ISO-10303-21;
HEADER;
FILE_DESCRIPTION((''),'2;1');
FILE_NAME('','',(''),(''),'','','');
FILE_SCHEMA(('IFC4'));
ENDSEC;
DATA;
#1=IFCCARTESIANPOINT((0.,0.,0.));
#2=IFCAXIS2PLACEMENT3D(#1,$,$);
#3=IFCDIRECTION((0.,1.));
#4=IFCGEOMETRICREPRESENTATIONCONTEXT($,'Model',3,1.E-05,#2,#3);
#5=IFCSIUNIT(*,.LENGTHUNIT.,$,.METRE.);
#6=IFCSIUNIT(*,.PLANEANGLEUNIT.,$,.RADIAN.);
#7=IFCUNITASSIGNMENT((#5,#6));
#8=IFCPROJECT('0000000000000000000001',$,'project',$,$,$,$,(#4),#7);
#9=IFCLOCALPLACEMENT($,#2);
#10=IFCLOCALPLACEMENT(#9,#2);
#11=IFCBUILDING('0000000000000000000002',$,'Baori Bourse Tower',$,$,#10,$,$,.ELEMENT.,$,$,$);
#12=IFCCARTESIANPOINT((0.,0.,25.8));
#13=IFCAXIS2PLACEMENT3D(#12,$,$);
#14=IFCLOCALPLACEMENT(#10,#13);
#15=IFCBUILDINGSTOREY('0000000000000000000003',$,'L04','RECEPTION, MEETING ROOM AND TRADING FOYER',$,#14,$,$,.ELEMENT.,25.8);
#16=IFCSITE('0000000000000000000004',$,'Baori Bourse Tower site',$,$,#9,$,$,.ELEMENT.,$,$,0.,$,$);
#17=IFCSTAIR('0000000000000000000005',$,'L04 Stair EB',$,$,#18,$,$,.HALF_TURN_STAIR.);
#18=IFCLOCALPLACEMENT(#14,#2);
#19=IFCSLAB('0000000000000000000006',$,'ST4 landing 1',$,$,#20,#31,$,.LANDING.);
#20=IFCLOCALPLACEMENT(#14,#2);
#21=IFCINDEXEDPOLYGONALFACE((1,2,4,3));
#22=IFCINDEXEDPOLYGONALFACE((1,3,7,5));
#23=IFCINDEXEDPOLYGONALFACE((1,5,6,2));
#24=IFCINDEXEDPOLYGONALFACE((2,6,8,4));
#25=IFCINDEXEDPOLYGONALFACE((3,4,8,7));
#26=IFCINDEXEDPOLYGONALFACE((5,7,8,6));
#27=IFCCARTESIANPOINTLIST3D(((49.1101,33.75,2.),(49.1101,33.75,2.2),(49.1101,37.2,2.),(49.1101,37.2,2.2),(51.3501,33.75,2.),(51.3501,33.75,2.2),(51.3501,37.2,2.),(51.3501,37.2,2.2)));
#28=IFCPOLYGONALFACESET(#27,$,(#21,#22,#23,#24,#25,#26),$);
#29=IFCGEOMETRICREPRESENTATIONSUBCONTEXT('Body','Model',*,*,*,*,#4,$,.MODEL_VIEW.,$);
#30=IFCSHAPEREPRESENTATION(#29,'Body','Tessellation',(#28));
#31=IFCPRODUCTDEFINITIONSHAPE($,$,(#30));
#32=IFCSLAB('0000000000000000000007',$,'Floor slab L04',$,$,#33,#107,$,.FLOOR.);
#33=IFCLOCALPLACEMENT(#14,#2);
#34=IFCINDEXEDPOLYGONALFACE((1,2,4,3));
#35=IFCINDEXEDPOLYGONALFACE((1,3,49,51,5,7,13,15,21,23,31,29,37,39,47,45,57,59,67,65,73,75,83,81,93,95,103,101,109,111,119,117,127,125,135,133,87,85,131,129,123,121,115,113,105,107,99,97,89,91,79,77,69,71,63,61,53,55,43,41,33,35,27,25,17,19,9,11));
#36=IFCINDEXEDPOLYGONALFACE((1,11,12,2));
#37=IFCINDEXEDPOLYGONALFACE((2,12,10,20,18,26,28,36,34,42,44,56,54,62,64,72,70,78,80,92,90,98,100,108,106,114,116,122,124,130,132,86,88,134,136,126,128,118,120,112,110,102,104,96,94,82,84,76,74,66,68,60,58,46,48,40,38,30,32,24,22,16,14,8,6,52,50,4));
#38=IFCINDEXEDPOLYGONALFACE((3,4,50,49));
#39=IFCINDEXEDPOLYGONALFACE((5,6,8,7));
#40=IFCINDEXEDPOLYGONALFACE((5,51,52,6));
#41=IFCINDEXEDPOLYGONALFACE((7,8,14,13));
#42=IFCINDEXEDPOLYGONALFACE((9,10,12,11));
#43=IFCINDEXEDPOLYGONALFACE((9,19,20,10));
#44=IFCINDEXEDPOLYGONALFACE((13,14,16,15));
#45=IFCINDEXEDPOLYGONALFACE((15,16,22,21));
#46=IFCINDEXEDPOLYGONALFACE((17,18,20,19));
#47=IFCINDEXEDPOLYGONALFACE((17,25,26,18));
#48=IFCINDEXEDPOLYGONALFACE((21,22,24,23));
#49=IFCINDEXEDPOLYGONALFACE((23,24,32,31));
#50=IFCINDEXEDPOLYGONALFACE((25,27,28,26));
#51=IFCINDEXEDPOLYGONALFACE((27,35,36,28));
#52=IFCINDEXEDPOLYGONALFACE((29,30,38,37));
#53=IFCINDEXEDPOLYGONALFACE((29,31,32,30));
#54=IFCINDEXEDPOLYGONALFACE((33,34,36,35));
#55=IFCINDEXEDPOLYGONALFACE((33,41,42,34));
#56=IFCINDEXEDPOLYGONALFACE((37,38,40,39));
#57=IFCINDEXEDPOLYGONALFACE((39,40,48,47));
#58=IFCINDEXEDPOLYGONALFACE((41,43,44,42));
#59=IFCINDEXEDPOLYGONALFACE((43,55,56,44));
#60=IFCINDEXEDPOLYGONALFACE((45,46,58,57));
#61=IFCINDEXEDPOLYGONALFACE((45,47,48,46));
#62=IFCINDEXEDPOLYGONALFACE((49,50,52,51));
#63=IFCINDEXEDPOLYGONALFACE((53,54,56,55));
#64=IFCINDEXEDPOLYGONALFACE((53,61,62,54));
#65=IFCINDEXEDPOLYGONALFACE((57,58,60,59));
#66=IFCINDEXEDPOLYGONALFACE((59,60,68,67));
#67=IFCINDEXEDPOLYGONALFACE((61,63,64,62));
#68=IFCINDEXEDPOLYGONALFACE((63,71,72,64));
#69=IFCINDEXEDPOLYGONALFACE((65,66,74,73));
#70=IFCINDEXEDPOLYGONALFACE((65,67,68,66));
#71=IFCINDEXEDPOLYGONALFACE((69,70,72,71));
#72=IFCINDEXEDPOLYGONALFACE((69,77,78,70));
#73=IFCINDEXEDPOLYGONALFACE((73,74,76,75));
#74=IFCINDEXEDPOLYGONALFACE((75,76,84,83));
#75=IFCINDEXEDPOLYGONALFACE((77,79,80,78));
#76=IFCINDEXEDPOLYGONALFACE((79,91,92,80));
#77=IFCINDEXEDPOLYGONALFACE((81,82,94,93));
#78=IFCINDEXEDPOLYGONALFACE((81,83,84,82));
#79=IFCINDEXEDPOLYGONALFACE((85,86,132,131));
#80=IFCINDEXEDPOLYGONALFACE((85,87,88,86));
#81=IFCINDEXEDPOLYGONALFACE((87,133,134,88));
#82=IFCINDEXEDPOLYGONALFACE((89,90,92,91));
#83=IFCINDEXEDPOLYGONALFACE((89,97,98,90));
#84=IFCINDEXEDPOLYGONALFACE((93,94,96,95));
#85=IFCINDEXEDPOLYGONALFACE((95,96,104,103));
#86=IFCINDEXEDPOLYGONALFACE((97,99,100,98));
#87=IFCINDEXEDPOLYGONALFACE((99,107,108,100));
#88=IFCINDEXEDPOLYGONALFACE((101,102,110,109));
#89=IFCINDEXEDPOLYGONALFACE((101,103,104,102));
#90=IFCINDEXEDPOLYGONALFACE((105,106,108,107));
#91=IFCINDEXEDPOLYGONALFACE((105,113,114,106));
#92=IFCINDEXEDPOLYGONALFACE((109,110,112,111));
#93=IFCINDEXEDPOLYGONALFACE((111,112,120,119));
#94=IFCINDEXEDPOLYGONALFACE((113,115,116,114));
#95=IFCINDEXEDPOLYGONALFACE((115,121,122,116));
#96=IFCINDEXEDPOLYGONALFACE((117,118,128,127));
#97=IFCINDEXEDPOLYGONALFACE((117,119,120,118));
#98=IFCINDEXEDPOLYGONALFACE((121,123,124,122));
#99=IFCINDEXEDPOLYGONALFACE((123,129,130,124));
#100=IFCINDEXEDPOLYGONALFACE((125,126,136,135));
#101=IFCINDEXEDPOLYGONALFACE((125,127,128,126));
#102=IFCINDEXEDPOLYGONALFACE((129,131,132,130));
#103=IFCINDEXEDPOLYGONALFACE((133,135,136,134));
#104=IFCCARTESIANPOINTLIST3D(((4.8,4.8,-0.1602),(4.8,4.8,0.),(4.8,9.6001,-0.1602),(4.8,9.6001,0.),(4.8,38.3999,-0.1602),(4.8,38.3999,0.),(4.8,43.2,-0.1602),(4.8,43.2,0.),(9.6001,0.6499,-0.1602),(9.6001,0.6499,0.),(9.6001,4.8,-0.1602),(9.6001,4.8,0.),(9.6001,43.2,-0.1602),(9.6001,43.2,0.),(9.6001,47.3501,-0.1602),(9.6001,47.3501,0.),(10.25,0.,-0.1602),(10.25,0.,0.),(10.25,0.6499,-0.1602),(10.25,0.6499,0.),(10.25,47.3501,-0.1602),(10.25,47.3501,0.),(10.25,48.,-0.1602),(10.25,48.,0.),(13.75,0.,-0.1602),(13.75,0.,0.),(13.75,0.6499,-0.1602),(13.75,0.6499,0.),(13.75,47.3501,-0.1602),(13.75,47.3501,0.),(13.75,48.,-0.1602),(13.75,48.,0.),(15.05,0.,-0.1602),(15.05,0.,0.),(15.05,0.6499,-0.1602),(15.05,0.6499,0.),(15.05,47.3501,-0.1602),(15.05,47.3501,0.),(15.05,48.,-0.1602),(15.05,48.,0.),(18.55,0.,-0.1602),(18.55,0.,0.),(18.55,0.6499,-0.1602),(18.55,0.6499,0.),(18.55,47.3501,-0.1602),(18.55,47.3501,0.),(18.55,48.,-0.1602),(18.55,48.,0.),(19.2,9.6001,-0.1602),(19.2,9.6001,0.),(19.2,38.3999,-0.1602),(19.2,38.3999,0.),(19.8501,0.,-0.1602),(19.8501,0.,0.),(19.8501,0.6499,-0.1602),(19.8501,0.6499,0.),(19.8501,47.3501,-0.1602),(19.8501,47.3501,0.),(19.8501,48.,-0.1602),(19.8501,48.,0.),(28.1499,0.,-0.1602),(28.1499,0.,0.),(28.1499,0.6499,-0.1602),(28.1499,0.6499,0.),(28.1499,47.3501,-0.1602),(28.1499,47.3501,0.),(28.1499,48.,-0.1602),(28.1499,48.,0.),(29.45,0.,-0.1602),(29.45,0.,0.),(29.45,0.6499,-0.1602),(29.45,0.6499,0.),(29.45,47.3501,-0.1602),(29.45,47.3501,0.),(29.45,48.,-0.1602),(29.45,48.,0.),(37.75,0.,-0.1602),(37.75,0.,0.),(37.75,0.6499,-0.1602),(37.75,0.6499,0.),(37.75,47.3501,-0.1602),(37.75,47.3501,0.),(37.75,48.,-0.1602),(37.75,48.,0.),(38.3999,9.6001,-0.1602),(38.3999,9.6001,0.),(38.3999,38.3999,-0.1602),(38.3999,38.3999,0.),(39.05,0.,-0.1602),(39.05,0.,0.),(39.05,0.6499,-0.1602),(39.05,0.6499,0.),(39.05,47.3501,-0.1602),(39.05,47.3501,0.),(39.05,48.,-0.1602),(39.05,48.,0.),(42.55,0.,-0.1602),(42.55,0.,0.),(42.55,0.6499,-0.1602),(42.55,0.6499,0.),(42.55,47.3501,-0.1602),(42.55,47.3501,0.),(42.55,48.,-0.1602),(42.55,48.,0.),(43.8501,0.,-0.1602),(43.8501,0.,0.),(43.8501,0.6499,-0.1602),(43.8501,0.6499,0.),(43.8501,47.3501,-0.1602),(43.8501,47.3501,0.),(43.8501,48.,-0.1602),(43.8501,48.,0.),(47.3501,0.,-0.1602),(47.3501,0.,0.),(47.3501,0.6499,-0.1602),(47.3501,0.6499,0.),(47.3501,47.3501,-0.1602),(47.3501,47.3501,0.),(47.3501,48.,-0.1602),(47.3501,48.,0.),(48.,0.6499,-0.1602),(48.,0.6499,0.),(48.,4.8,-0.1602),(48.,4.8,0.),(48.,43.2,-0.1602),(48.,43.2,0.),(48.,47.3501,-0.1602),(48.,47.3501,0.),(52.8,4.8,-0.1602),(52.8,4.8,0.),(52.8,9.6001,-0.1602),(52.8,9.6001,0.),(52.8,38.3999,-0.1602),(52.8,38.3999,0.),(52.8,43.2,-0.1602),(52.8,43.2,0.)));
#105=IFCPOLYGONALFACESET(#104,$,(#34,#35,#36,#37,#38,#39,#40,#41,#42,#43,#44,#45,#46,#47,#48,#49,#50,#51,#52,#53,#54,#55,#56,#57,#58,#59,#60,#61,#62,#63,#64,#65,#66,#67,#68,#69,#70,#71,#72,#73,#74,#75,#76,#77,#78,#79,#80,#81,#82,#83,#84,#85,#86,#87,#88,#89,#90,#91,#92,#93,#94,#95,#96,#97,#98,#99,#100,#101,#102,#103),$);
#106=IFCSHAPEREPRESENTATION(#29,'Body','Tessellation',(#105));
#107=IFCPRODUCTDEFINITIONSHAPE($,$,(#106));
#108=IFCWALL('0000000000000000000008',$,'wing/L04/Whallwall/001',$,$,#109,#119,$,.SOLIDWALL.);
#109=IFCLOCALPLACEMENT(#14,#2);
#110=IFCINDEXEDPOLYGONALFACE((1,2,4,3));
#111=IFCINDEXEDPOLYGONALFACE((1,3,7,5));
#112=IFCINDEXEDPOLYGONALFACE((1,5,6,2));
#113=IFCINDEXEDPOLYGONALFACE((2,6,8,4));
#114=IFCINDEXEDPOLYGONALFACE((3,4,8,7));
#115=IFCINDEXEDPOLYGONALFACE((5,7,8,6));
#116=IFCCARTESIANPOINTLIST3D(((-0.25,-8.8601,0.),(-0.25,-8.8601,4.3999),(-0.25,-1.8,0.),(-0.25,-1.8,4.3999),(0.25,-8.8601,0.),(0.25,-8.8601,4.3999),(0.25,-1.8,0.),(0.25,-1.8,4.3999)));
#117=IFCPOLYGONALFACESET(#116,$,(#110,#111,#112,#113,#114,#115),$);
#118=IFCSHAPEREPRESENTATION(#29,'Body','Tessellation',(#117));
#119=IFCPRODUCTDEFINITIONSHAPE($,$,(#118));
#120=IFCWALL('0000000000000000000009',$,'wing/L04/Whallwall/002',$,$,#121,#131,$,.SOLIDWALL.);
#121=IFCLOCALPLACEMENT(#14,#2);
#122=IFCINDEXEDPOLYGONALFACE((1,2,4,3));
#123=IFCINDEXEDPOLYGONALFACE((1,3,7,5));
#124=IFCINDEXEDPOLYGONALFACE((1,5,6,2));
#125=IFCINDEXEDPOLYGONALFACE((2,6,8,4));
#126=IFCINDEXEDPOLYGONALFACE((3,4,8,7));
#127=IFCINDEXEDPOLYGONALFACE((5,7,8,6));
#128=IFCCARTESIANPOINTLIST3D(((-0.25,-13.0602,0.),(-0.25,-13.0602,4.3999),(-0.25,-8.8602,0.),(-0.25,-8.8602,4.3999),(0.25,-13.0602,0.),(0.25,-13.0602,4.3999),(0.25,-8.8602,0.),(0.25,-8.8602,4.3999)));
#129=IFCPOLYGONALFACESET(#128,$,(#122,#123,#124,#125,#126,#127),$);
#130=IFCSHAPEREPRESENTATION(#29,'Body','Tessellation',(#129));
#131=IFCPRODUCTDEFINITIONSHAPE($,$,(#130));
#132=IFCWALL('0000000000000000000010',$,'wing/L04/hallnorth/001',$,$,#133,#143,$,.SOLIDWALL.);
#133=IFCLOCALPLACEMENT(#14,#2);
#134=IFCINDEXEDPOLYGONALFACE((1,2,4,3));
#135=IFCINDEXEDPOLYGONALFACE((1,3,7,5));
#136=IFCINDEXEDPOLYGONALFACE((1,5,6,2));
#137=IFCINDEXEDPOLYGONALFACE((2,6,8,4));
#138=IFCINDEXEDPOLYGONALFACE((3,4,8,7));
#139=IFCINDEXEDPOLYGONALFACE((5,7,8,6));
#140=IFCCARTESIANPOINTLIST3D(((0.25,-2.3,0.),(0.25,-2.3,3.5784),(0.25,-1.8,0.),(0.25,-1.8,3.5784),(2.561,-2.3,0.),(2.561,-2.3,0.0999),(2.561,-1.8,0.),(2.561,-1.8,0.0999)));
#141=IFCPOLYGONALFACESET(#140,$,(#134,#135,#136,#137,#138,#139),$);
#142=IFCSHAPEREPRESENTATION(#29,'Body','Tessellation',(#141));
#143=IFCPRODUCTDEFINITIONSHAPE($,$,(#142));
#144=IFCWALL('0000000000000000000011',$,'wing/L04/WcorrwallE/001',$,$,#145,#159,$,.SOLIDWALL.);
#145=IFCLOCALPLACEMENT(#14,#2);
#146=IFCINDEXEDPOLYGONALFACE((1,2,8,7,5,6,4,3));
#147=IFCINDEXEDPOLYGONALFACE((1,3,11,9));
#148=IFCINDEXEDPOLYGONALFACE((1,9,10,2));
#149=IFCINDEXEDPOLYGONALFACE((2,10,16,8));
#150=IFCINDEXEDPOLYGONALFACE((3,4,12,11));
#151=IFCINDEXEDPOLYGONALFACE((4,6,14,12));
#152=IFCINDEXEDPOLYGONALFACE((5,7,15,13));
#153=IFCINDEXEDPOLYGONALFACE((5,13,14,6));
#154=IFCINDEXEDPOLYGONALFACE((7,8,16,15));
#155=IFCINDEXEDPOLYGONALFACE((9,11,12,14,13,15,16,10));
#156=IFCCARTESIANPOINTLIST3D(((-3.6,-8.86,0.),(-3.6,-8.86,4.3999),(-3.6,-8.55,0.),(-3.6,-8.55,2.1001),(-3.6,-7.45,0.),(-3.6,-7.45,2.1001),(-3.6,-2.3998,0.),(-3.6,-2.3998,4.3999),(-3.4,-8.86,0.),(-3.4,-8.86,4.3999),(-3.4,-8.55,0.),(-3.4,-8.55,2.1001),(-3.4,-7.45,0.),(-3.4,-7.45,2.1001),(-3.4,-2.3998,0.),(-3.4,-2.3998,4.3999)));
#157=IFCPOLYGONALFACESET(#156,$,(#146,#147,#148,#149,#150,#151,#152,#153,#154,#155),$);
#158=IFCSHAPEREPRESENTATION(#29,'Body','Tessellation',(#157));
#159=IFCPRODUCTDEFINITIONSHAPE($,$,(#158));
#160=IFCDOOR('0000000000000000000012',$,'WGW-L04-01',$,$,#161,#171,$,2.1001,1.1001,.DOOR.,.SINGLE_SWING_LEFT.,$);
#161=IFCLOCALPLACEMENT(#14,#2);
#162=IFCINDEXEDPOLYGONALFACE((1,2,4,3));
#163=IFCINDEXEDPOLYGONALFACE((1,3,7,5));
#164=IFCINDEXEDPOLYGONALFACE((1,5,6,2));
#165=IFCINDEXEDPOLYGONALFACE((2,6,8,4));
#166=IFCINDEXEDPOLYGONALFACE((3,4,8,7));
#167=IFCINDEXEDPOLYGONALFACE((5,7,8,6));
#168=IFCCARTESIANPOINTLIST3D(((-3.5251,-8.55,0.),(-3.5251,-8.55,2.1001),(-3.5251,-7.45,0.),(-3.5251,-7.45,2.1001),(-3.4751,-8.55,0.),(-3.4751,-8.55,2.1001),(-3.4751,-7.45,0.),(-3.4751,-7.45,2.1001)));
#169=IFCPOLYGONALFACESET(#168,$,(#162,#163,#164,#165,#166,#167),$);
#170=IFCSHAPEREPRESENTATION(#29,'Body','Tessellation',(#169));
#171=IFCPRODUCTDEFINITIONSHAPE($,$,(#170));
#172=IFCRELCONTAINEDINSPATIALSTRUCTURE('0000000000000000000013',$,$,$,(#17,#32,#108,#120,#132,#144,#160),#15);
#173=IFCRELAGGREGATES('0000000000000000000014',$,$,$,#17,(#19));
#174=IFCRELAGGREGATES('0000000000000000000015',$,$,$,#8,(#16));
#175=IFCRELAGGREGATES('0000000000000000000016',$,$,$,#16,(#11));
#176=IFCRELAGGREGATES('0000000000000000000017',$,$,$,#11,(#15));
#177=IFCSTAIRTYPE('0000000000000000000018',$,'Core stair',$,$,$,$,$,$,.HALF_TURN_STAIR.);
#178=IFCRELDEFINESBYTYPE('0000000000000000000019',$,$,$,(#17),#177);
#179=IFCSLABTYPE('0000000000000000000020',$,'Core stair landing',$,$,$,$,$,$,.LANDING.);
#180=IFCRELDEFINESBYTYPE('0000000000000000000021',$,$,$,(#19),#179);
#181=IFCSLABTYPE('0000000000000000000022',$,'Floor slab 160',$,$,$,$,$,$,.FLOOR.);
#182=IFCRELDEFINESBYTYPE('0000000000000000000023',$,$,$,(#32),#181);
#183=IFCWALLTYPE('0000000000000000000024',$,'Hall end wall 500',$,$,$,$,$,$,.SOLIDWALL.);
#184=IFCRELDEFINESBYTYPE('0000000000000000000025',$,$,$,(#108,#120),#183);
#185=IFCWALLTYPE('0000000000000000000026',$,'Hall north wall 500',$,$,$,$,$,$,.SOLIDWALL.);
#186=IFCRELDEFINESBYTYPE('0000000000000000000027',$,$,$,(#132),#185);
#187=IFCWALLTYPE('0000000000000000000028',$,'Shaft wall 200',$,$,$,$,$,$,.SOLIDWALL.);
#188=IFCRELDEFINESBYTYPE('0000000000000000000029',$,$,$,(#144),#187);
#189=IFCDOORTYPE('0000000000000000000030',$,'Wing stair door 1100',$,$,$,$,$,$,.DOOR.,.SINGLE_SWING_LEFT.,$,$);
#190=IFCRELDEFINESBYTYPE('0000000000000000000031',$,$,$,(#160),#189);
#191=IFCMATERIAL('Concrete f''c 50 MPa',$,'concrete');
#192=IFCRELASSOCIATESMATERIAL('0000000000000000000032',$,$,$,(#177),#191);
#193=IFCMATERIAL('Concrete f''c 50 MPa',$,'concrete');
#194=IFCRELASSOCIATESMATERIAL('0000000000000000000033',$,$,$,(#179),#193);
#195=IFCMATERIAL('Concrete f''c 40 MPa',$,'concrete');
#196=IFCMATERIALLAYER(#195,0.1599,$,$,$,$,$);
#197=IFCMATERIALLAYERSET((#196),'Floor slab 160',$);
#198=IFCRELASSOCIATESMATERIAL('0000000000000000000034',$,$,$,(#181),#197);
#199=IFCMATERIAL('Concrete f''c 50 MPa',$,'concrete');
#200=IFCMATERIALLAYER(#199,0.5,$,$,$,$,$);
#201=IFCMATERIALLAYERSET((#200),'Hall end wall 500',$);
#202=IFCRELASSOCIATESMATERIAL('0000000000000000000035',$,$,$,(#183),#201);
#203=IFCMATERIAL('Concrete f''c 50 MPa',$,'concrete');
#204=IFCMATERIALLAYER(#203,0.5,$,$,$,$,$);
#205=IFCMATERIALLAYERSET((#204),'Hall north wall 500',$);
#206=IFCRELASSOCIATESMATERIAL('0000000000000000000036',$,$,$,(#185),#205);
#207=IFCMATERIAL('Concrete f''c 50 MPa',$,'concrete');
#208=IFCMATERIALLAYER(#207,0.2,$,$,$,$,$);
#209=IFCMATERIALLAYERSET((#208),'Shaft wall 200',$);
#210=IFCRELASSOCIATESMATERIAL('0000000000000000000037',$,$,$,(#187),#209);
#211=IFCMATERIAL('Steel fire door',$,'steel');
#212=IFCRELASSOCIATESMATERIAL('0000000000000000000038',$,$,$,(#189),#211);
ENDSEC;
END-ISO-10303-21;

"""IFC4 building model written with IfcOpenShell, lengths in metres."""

from ifc_helpers import new_model, si_unit, direction, frame, frame_2d, origin, place, context, subcontext, project, spatial, polyline, rectangle, outline, extrude, material, layer, layer_set, type_object, element, fill, aggregate, save


model = new_model("IFC4")

# Units and contexts
model_context = context("Model", 3, precision=1e-05, world=origin(), true_north=direction((0.0, 1.0)))
body_context = subcontext(model_context, "Body", "Model", "MODEL_VIEW")
ifc_project = project(units=[si_unit("LENGTHUNIT", "METRE"), si_unit("PLANEANGLEUNIT", "RADIAN")], contexts=[model_context])

# Site, building, storey
site_placement = place(None, origin())
site = spatial("IfcSite", under=ifc_project, at=site_placement, Name="Baori Bourse Tower site", CompositionType="ELEMENT", RefElevation=0.0)
building_placement = place(site_placement, origin())
building = spatial("IfcBuilding", under=site, at=building_placement, Name="Baori Bourse Tower", CompositionType="ELEMENT")
storey_placement = place(building_placement, frame((0.0, 0.0, 25.8)))
storey = spatial("IfcBuildingStorey", under=building, at=storey_placement, Name="L04", Description="RECEPTION, MEETING ROOM AND TRADING FOYER", CompositionType="ELEMENT", Elevation=25.8)

# Stair, slab
ifc_material_1 = material(Name="Concrete f'c 50 MPa", Category="concrete")
stair_type = type_object("IfcStairType", Name="Core stair", PredefinedType="HALF_TURN_STAIR", material=ifc_material_1)
ifc_material_2 = material(Name="Concrete f'c 50 MPa", Category="concrete")
slab_type_1 = type_object("IfcSlabType", Name="Core stair landing", PredefinedType="LANDING", material=ifc_material_2)
stair_1_placement = place(storey_placement, origin())
stair_1 = element("IfcStair", 1, at=stair_1_placement, inside=storey, type_object=stair_type, Name="L04 Stair EB", PredefinedType="HALF_TURN_STAIR")
slab_1_placement = place(storey_placement, frame((0.0, 0.0, 2.0)))
slab_1 = element("IfcSlab", 2, at=slab_1_placement, type_object=slab_type_1, Name="ST4 landing 1", PredefinedType="LANDING", context=body_context, shape_type="SweptSolid", body=[
    extrude(outline(polyline([(49.1101, 33.75), (51.3501, 33.75), (51.3501, 37.2), (49.1101, 37.2), (49.1101, 33.75)])), origin(), (0.0, 0.0, 1.0), 0.2),
])
aggregate(stair_1, [slab_1])

# Slab
ifc_material_3 = material(Name="Concrete f'c 40 MPa", Category="concrete")
ifc_layer_1 = layer(ifc_material_3, 0.1599)
ifc_layer_set_1 = layer_set([ifc_layer_1], Name="Floor slab 160")
slab_type_2 = type_object("IfcSlabType", Name="Floor slab 160", PredefinedType="FLOOR", material=ifc_layer_set_1)
slab_2_placement = place(storey_placement, frame((0.0, 0.0, -0.1602)))
element("IfcSlab", 3, at=slab_2_placement, inside=storey, type_object=slab_type_2, Name="Floor slab L04", PredefinedType="FLOOR", context=body_context, shape_type="SweptSolid", body=[
    extrude(outline(polyline([(9.6001, 4.8), (4.8, 4.8), (4.8, 9.6001), (19.2, 9.6001), (19.2, 38.3999), (4.8, 38.3999), (4.8, 43.2), (9.6001, 43.2), (9.6001, 47.3501), (10.25, 47.3501), (10.25, 48.0), (13.75, 48.0), (13.75, 47.3501), (15.05, 47.3501), (15.05, 48.0), (18.55, 48.0), (18.55, 47.3501), (19.8501, 47.3501), (19.8501, 48.0), (28.1499, 48.0), (28.1499, 47.3501), (29.45, 47.3501), (29.45, 48.0), (37.75, 48.0), (37.75, 47.3501), (39.05, 47.3501), (39.05, 48.0), (42.55, 48.0), (42.55, 47.3501), (43.8501, 47.3501), (43.8501, 48.0), (47.3501, 48.0), (47.3501, 47.3501), (48.0, 47.3501), (48.0, 43.2), (52.8, 43.2), (52.8, 38.3999), (38.3999, 38.3999), (38.3999, 9.6001), (52.8, 9.6001), (52.8, 4.8), (48.0, 4.8), (48.0, 0.6499), (47.3501, 0.6499), (47.3501, 0.0), (43.8501, 0.0), (43.8501, 0.6499), (42.55, 0.6499), (42.55, 0.0), (39.05, 0.0), (39.05, 0.6499), (37.75, 0.6499), (37.75, 0.0), (29.45, 0.0), (29.45, 0.6499), (28.1499, 0.6499), (28.1499, 0.0), (19.8501, 0.0), (19.8501, 0.6499), (18.55, 0.6499), (18.55, 0.0), (15.05, 0.0), (15.05, 0.6499), (13.75, 0.6499), (13.75, 0.0), (10.25, 0.0), (10.25, 0.6499), (9.6001, 0.6499), (9.6001, 4.8)])), origin(), (0.0, 0.0, 1.0), 0.1602),
])

# Walls
ifc_material_4 = material(Name="Concrete f'c 50 MPa", Category="concrete")
ifc_layer_2 = layer(ifc_material_4, 0.5)
ifc_layer_set_2 = layer_set([ifc_layer_2], Name="Hall end wall 500")
wall_type_1 = type_object("IfcWallType", Name="Hall end wall 500", PredefinedType="SOLIDWALL", material=ifc_layer_set_2)
wall_1_placement = place(storey_placement, frame((0.0, -1.8, 0.0), z_axis=(0.0, 0.0, 1.0), x_axis=(0.0, -1.0, 0.0)))
element("IfcWall", 4, at=wall_1_placement, inside=storey, type_object=wall_type_1, Name="wing/L04/Whallwall/001", PredefinedType="SOLIDWALL", context=body_context, shape_type="SweptSolid", body=[
    extrude(rectangle(XDim=7.0601, YDim=0.5, at=frame_2d((3.53, 0.0))), origin(), (0.0, 0.0, 1.0), 4.3999),
])
wall_2_placement = place(storey_placement, frame((0.0, -8.8601, 0.0), z_axis=(0.0, 0.0, 1.0), x_axis=(0.0, -1.0, 0.0)))
element("IfcWall", 5, at=wall_2_placement, inside=storey, type_object=wall_type_1, Name="wing/L04/Whallwall/002", PredefinedType="SOLIDWALL", context=body_context, shape_type="SweptSolid", body=[
    extrude(rectangle(XDim=4.2, YDim=0.5, at=frame_2d((2.1001, 0.0))), origin(), (0.0, 0.0, 1.0), 4.3999),
])
ifc_material_5 = material(Name="Concrete f'c 50 MPa", Category="concrete")
ifc_layer_3 = layer(ifc_material_5, 0.5)
ifc_layer_set_3 = layer_set([ifc_layer_3], Name="Hall north wall 500")
wall_type_2 = type_object("IfcWallType", Name="Hall north wall 500", PredefinedType="SOLIDWALL", material=ifc_layer_set_3)
wall_3_placement = place(storey_placement, frame((0.25, -2.05, 0.0), z_axis=(0.0, 0.0, 1.0), x_axis=(1.0, 0.0, 0.0)))
element("IfcWall", 6, at=wall_3_placement, inside=storey, type_object=wall_type_2, Name="wing/L04/hallnorth/001", PredefinedType="SOLIDWALL", context=body_context, shape_type="SweptSolid", body=[
    extrude(outline(polyline([(0.0, 0.0), (2.311, 0.0), (2.311, 0.0999), (0.0, 3.5784), (0.0, 0.0)])), frame((0.0, 0.25, 0.0), z_axis=(0.0, -1.0, 0.0), x_axis=(1.0, 0.0, 0.0)), (0.0, 0.0, 1.0), 0.5),
])

# Wall, opening, door
ifc_material_6 = material(Name="Concrete f'c 50 MPa", Category="concrete")
ifc_layer_4 = layer(ifc_material_6, 0.2)
ifc_layer_set_4 = layer_set([ifc_layer_4], Name="Shaft wall 200")
wall_type_3 = type_object("IfcWallType", Name="Shaft wall 200", PredefinedType="SOLIDWALL", material=ifc_layer_set_4)
wall_4_placement = place(storey_placement, frame((-3.5, -2.3999, 0.0), z_axis=(0.0, 0.0, 1.0), x_axis=(0.0, -1.0, 0.0)))
wall_4 = element("IfcWall", 7, at=wall_4_placement, inside=storey, type_object=wall_type_3, Name="wing/L04/WcorrwallE/001", PredefinedType="SOLIDWALL", context=body_context, shape_type="SweptSolid", body=[
    extrude(rectangle(XDim=6.4602, YDim=0.2, at=frame_2d((3.23, 0.0))), origin(), (0.0, 0.0, 1.0), 4.3999),
])
opening_1_placement = place(wall_4_placement, frame((5.05, 0.0, 0.0)))
opening_1 = element("IfcOpeningElement", 8, at=opening_1_placement, cuts=wall_4, PredefinedType="OPENING", context=body_context, shape_type="SweptSolid", body=[
    extrude(rectangle(XDim=1.1001, YDim=2.1001, at=frame_2d((0.55, 1.05))), frame((0.0, 0.1099, 0.0), z_axis=(0.0, -1.0, 0.0), x_axis=(1.0, 0.0, 0.0)), (0.0, 0.0, 1.0), 0.22),
])
ifc_material_7 = material(Name="Steel fire door", Category="steel")
door_type_1 = type_object("IfcDoorType", Name="Wing stair door 1100", OperationType="SINGLE_SWING_LEFT", PredefinedType="DOOR", material=ifc_material_7)
door_1_placement = place(opening_1_placement, origin())
door_1 = element("IfcDoor", 9, at=door_1_placement, inside=storey, type_object=door_type_1, Name="WGW-L04-01", OperationType="SINGLE_SWING_LEFT", OverallHeight=2.1001, OverallWidth=1.1001, PredefinedType="DOOR", context=body_context, shape_type="SweptSolid", body=[
    extrude(rectangle(XDim=1.1001, YDim=2.1001, at=frame_2d((0.55, 1.05))), frame((0.0, 0.0249, 0.0), z_axis=(0.0, -1.0, 0.0), x_axis=(1.0, 0.0, 0.0)), (0.0, 0.0, 1.0), 0.05),
])
fill(opening_1, door_1)

save(model, "model.ifc")
